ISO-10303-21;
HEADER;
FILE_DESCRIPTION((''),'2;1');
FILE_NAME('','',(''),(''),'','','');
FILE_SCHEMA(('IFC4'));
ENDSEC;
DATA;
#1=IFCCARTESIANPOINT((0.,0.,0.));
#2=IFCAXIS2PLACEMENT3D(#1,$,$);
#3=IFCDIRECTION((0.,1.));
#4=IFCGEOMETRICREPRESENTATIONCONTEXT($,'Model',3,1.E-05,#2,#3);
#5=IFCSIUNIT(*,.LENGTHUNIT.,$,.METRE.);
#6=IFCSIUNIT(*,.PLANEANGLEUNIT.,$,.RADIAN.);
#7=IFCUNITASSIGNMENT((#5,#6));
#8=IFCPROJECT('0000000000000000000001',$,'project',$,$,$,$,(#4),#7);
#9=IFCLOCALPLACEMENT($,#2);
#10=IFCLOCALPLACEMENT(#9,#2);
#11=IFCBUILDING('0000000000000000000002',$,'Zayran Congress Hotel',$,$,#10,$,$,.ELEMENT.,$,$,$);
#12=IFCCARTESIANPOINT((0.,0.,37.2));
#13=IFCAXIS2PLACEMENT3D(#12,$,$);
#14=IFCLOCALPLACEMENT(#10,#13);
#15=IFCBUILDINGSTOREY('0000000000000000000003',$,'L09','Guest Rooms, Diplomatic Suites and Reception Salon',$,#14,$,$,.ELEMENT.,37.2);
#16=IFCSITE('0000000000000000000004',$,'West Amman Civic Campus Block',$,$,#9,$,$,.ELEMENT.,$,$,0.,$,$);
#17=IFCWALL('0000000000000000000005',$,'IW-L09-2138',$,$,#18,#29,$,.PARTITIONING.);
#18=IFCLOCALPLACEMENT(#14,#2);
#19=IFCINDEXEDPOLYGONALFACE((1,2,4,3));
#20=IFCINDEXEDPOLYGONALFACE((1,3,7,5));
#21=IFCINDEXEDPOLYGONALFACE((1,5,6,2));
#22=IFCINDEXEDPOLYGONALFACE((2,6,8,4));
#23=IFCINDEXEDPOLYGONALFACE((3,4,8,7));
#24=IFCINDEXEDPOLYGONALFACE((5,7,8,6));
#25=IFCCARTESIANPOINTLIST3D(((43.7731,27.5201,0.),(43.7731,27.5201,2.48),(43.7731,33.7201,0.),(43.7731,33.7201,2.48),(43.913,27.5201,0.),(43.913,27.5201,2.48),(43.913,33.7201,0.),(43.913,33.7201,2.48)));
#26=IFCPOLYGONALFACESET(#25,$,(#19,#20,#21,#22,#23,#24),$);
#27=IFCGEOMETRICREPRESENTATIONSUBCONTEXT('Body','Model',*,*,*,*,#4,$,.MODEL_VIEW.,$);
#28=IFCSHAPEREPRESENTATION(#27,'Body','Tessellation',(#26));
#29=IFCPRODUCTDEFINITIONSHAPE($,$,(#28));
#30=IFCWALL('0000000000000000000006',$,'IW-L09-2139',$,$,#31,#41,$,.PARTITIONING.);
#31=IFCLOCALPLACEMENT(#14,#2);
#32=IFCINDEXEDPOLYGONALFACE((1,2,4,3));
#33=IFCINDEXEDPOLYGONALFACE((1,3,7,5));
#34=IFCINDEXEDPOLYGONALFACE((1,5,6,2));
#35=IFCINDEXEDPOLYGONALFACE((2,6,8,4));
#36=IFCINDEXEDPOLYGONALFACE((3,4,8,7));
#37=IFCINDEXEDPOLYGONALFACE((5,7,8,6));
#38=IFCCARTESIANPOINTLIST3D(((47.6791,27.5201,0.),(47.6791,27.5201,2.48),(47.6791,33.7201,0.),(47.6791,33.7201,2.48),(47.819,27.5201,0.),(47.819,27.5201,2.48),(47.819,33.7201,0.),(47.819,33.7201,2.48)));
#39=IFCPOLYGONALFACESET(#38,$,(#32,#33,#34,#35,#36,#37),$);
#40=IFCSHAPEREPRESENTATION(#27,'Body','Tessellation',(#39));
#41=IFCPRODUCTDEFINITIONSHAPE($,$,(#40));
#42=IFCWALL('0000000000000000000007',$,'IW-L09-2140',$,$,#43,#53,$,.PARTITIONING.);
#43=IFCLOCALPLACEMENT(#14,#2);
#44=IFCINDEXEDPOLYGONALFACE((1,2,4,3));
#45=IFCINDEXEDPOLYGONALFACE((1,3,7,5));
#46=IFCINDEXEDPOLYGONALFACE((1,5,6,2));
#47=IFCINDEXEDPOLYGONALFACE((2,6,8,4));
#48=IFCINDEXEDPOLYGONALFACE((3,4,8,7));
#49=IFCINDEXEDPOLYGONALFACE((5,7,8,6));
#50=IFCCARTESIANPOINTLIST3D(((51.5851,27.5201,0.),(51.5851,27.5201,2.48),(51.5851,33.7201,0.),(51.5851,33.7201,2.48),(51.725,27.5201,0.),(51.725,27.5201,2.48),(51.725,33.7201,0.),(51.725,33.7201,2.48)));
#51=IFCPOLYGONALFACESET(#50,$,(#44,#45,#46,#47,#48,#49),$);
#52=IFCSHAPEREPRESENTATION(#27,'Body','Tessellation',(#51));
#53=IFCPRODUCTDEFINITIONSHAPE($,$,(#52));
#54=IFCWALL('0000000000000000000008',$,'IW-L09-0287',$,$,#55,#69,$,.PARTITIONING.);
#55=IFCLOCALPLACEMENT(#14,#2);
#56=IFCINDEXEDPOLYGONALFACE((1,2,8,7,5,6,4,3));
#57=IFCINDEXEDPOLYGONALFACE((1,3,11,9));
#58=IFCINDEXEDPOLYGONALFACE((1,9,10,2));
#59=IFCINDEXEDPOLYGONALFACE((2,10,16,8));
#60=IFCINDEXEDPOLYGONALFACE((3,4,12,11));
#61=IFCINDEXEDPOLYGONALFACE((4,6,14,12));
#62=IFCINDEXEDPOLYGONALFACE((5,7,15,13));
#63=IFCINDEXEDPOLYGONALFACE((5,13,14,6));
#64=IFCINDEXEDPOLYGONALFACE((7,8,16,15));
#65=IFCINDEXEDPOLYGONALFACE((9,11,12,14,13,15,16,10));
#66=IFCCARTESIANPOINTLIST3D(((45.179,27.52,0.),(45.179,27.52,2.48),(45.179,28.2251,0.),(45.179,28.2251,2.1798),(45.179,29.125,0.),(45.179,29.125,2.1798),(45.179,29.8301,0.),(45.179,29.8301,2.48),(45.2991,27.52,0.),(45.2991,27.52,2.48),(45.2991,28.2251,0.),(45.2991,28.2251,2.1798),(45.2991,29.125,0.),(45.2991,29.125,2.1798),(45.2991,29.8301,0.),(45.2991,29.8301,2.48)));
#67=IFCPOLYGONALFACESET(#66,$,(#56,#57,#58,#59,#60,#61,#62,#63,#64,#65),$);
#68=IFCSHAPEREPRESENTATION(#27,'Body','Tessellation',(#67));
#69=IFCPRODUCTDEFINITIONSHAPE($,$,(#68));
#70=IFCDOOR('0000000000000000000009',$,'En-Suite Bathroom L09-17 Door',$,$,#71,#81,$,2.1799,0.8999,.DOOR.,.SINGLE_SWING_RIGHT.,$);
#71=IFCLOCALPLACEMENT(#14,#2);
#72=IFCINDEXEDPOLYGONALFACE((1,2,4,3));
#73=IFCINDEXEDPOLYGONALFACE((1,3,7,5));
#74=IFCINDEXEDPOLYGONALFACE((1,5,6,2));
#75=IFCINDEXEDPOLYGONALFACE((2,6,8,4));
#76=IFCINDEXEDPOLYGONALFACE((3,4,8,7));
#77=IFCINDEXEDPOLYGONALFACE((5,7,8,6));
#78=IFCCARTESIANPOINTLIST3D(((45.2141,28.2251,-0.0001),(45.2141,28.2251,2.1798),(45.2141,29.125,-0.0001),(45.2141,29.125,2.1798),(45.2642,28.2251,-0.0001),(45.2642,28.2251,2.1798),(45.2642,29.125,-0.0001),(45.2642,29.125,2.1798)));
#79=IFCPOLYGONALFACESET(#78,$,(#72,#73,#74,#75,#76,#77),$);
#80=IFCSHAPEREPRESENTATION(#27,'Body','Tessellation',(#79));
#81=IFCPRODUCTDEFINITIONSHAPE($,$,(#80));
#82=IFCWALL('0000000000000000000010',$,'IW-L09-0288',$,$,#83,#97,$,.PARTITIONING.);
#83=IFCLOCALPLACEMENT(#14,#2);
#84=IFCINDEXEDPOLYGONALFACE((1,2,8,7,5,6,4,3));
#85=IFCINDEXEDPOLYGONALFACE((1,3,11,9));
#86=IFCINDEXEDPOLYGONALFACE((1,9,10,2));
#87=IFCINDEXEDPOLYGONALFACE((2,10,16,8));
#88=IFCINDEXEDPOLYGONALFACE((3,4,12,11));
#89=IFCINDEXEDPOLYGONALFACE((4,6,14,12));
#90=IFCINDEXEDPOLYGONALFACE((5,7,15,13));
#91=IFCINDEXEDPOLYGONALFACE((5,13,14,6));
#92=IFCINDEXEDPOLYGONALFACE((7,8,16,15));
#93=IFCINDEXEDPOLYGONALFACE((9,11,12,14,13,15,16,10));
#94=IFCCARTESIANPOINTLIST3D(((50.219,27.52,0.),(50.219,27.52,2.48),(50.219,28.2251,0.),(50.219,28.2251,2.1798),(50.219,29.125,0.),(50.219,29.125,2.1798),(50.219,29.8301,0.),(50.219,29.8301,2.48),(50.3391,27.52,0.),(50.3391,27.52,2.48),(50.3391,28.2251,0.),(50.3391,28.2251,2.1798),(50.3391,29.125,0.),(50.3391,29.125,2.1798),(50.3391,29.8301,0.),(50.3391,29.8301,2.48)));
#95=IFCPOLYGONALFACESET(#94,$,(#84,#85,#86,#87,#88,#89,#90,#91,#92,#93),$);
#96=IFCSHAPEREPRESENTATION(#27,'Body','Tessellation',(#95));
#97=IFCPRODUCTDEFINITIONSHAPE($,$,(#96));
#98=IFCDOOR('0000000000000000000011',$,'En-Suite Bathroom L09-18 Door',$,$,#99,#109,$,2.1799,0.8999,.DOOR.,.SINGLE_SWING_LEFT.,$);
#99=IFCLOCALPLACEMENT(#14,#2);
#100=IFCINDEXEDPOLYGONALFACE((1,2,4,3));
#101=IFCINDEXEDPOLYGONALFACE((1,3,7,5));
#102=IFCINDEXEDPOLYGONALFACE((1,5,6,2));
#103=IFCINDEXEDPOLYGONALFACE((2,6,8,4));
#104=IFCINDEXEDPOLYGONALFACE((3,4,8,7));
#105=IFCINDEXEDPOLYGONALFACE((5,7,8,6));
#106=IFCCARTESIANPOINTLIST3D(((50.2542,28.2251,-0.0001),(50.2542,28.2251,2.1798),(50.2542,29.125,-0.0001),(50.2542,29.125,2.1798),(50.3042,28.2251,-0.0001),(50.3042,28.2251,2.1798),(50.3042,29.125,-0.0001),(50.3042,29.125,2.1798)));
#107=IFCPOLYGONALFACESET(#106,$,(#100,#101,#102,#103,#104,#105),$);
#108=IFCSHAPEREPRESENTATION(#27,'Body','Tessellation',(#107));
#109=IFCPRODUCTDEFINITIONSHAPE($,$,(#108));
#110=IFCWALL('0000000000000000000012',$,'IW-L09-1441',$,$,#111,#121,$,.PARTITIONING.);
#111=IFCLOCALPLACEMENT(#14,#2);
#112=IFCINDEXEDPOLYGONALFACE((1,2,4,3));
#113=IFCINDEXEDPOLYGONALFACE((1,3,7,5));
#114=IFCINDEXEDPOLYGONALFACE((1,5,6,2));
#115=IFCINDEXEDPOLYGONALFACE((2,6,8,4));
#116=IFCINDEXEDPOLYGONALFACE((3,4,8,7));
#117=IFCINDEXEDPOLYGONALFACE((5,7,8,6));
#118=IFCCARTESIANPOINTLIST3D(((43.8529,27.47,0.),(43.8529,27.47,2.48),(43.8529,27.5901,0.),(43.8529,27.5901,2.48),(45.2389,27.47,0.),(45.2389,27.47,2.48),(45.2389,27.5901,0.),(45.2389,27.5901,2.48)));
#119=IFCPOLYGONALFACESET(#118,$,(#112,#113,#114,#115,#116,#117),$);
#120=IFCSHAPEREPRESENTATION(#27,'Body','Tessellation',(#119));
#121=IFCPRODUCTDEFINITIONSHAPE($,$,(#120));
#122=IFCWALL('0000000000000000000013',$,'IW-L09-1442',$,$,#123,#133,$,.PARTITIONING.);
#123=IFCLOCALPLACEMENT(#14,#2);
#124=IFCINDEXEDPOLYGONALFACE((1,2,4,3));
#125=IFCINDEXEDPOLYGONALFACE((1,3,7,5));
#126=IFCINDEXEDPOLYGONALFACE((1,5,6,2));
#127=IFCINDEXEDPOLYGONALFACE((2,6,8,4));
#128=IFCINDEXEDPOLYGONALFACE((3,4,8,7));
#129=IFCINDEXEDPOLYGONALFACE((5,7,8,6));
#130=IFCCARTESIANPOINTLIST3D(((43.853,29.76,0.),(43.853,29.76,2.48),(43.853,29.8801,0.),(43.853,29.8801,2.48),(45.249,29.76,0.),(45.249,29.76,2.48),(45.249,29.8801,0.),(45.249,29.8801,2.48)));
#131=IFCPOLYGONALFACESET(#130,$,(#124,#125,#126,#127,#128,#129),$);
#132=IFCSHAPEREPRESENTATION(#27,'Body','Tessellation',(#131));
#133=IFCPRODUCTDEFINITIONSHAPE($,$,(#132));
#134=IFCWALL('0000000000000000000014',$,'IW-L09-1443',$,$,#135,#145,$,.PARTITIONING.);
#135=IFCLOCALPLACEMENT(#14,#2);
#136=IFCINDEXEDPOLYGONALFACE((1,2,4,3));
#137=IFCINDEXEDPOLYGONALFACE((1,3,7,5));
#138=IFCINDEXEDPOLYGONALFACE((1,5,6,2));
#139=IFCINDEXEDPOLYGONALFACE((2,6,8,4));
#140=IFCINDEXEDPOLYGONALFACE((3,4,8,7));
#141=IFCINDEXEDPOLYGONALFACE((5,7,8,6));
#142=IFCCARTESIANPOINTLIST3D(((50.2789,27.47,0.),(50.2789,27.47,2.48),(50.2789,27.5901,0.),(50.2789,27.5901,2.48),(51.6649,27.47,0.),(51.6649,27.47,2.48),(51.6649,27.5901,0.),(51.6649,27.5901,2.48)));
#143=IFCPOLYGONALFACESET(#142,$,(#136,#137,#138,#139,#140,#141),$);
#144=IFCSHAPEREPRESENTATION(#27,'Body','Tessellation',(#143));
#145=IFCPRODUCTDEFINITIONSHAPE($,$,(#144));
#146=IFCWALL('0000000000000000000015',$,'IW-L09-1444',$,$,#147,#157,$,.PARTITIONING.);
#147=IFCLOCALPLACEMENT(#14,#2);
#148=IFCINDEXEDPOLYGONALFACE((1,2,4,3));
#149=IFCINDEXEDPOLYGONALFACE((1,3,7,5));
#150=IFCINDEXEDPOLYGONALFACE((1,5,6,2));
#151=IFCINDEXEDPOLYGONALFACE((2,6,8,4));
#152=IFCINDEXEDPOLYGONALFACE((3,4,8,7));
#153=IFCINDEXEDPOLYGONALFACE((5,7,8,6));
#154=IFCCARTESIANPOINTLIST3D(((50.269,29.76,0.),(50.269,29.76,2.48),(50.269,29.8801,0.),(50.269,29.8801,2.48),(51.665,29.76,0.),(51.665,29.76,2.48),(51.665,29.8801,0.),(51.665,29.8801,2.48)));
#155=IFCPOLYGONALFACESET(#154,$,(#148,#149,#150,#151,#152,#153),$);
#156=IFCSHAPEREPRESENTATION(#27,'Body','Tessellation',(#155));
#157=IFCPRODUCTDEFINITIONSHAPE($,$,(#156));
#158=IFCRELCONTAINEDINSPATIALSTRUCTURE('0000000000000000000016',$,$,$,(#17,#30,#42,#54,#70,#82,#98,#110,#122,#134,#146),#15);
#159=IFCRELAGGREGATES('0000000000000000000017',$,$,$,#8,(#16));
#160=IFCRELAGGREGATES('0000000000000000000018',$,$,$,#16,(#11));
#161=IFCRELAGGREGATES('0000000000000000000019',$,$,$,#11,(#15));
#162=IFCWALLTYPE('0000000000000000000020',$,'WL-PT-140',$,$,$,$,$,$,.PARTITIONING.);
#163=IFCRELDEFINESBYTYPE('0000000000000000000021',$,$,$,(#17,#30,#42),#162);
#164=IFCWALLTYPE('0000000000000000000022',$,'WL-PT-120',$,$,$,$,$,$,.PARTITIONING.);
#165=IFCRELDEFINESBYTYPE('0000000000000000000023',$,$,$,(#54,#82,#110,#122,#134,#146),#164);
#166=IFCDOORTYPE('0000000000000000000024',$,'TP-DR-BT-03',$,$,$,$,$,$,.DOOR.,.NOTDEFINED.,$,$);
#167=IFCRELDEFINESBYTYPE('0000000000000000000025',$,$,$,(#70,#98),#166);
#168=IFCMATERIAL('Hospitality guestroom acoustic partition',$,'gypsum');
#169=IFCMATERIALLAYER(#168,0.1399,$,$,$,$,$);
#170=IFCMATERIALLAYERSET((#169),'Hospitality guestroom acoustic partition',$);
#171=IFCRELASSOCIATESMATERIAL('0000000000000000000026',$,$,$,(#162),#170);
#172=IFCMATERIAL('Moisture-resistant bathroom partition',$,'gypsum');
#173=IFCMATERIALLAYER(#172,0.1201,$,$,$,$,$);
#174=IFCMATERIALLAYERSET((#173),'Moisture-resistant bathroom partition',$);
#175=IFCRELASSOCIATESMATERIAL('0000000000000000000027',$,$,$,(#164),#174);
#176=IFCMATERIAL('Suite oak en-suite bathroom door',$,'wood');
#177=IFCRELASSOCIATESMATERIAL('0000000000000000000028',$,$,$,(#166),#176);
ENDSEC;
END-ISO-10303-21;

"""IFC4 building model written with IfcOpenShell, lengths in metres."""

from ifc_helpers import new_model, si_unit, direction, frame, frame_2d, origin, place, context, subcontext, project, spatial, rectangle, extrude, material, layer, layer_set, type_object, element, fill, save


model = new_model("IFC4")

# Units and contexts
model_context = context("Model", 3, precision=1e-05, world=origin(), true_north=direction((0.0, 1.0)))
body_context = subcontext(model_context, "Body", "Model", "MODEL_VIEW")
ifc_project = project(units=[si_unit("LENGTHUNIT", "METRE"), si_unit("PLANEANGLEUNIT", "RADIAN")], contexts=[model_context])

# Site, building, storey
site_placement = place(None, origin())
site = spatial("IfcSite", under=ifc_project, at=site_placement, Name="West Amman Civic Campus Block", CompositionType="ELEMENT", RefElevation=0.0)
building_placement = place(site_placement, origin())
building = spatial("IfcBuilding", under=site, at=building_placement, Name="Zayran Congress Hotel", CompositionType="ELEMENT")
storey_placement = place(building_placement, frame((0.0, 0.0, 37.2)))
storey = spatial("IfcBuildingStorey", under=building, at=storey_placement, Name="L09", Description="Guest Rooms, Diplomatic Suites and Reception Salon", CompositionType="ELEMENT", Elevation=37.2)

# Shared definitions
ifc_material_1 = material(Name="Hospitality guestroom acoustic partition", Category="gypsum")
ifc_layer_1 = layer(ifc_material_1, 0.1399)
ifc_layer_set_1 = layer_set([ifc_layer_1], Name="Hospitality guestroom acoustic partition")
wall_type_1 = type_object("IfcWallType", Name="WL-PT-140", PredefinedType="PARTITIONING", material=ifc_layer_set_1)

# Walls
for number, where, z_axis, x_axis, name in (
    (1, (43.843, 27.52, 0.0), (0.0, 0.0, 1.0), (0.0, 1.0, 0.0), "IW-L09-2138"),
    (2, (47.749, 27.52, 0.0), (0.0, 0.0, 1.0), (0.0, 1.0, 0.0), "IW-L09-2139"),
    (3, (51.655, 27.52, 0.0), (0.0, 0.0, 1.0), (0.0, 1.0, 0.0), "IW-L09-2140"),
):
    element("IfcWall", number, at=place(storey_placement, frame(where, z_axis=z_axis, x_axis=x_axis)), inside=storey, type_object=wall_type_1, Name=name, PredefinedType="PARTITIONING", context=body_context, shape_type="SweptSolid", body=[
        extrude(rectangle(XDim=6.2, YDim=0.1399, at=frame_2d((3.1001, 0.0))), origin(), (0.0, 0.0, 1.0), 2.48),
    ])

# Walls, openings, doors
ifc_material_2 = material(Name="Moisture-resistant bathroom partition", Category="gypsum")
ifc_layer_2 = layer(ifc_material_2, 0.1201)
ifc_layer_set_2 = layer_set([ifc_layer_2], Name="Moisture-resistant bathroom partition")
wall_type_2 = type_object("IfcWallType", Name="WL-PT-120", PredefinedType="PARTITIONING", material=ifc_layer_set_2)
wall_1_placement = place(storey_placement, frame((45.239, 27.52, 0.0), z_axis=(0.0, 0.0, 1.0), x_axis=(0.0, 1.0, 0.0)))
wall_1 = element("IfcWall", 4, at=wall_1_placement, inside=storey, type_object=wall_type_2, Name="IW-L09-0287", PredefinedType="PARTITIONING", context=body_context, shape_type="SweptSolid", body=[
    extrude(rectangle(XDim=2.3101, YDim=0.1201, at=frame_2d((1.155, 0.0))), origin(), (0.0, 0.0, 1.0), 2.48),
])
opening_1_placement = place(wall_1_placement, frame((0.7051, 0.0, 0.0)))
opening_1 = element("IfcOpeningElement", 5, at=opening_1_placement, cuts=wall_1, PredefinedType="OPENING", context=body_context, shape_type="SweptSolid", body=[
    extrude(rectangle(XDim=0.8999, YDim=2.1799, at=frame_2d((0.45, 1.0898))), frame((0.0, 0.0701, 0.0), z_axis=(0.0, -1.0, 0.0), x_axis=(1.0, 0.0, 0.0)), (0.0, 0.0, 1.0), 0.1401),
])
ifc_material_3 = material(Name="Suite oak en-suite bathroom door", Category="wood")
door_type_1 = type_object("IfcDoorType", Name="TP-DR-BT-03", OperationType="NOTDEFINED", PredefinedType="DOOR", material=ifc_material_3)
door_1_placement = place(opening_1_placement, origin())
door_1 = element("IfcDoor", 6, at=door_1_placement, inside=storey, type_object=door_type_1, Name="En-Suite Bathroom L09-17 Door", OperationType="SINGLE_SWING_RIGHT", OverallHeight=2.1799, OverallWidth=0.8999, PredefinedType="DOOR", context=body_context, shape_type="SweptSolid", body=[
    extrude(rectangle(XDim=0.8999, YDim=2.1799, at=frame_2d((0.45, 1.0898))), frame((0.0, 0.0249, 0.0), z_axis=(0.0, -1.0, 0.0), x_axis=(1.0, 0.0, 0.0)), (0.0, 0.0, 1.0), 0.05),
])
fill(opening_1, door_1)
wall_2_placement = place(storey_placement, frame((50.2791, 27.52, 0.0), z_axis=(0.0, 0.0, 1.0), x_axis=(0.0, 1.0, 0.0)))
wall_2 = element("IfcWall", 7, at=wall_2_placement, inside=storey, type_object=wall_type_2, Name="IW-L09-0288", PredefinedType="PARTITIONING", context=body_context, shape_type="SweptSolid", body=[
    extrude(rectangle(XDim=2.3101, YDim=0.1201, at=frame_2d((1.155, 0.0))), origin(), (0.0, 0.0, 1.0), 2.48),
])
opening_2_placement = place(wall_2_placement, frame((0.7051, 0.0, 0.0)))
opening_2 = element("IfcOpeningElement", 8, at=opening_2_placement, cuts=wall_2, PredefinedType="OPENING", context=body_context, shape_type="SweptSolid", body=[
    extrude(rectangle(XDim=0.8999, YDim=2.1799, at=frame_2d((0.45, 1.0898))), frame((0.0, 0.0701, 0.0), z_axis=(0.0, -1.0, 0.0), x_axis=(1.0, 0.0, 0.0)), (0.0, 0.0, 1.0), 0.1401),
])
door_2_placement = place(opening_2_placement, origin())
door_2 = element("IfcDoor", 9, at=door_2_placement, inside=storey, type_object=door_type_1, Name="En-Suite Bathroom L09-18 Door", OperationType="SINGLE_SWING_LEFT", OverallHeight=2.1799, OverallWidth=0.8999, PredefinedType="DOOR", context=body_context, shape_type="SweptSolid", body=[
    extrude(rectangle(XDim=0.8999, YDim=2.1799, at=frame_2d((0.45, 1.0898))), frame((0.0, 0.0249, 0.0), z_axis=(0.0, -1.0, 0.0), x_axis=(1.0, 0.0, 0.0)), (0.0, 0.0, 1.0), 0.05),
])
fill(opening_2, door_2)

# Walls
wall_3_placement = place(storey_placement, frame((43.853, 27.53, 0.0), z_axis=(0.0, 0.0, 1.0), x_axis=(1.0, 0.0, 0.0)))
element("IfcWall", 10, at=wall_3_placement, inside=storey, type_object=wall_type_2, Name="IW-L09-1441", PredefinedType="PARTITIONING", context=body_context, shape_type="SweptSolid", body=[
    extrude(rectangle(XDim=1.386, YDim=0.1201, at=frame_2d((0.6929, 0.0))), origin(), (0.0, 0.0, 1.0), 2.48),
])
wall_4_placement = place(storey_placement, frame((43.853, 29.8201, 0.0), z_axis=(0.0, 0.0, 1.0), x_axis=(1.0, 0.0, 0.0)))
element("IfcWall", 11, at=wall_4_placement, inside=storey, type_object=wall_type_2, Name="IW-L09-1442", PredefinedType="PARTITIONING", context=body_context, shape_type="SweptSolid", body=[
    extrude(rectangle(XDim=1.396, YDim=0.1201, at=frame_2d((0.698, 0.0))), origin(), (0.0, 0.0, 1.0), 2.48),
])
wall_5_placement = place(storey_placement, frame((50.2791, 27.53, 0.0), z_axis=(0.0, 0.0, 1.0), x_axis=(1.0, 0.0, 0.0)))
element("IfcWall", 12, at=wall_5_placement, inside=storey, type_object=wall_type_2, Name="IW-L09-1443", PredefinedType="PARTITIONING", context=body_context, shape_type="SweptSolid", body=[
    extrude(rectangle(XDim=1.386, YDim=0.1201, at=frame_2d((0.6929, 0.0))), origin(), (0.0, 0.0, 1.0), 2.48),
])
wall_6_placement = place(storey_placement, frame((50.269, 29.8201, 0.0), z_axis=(0.0, 0.0, 1.0), x_axis=(1.0, 0.0, 0.0)))
element("IfcWall", 13, at=wall_6_placement, inside=storey, type_object=wall_type_2, Name="IW-L09-1444", PredefinedType="PARTITIONING", context=body_context, shape_type="SweptSolid", body=[
    extrude(rectangle(XDim=1.396, YDim=0.1201, at=frame_2d((0.698, 0.0))), origin(), (0.0, 0.0, 1.0), 2.48),
])

save(model, "model.ifc")
